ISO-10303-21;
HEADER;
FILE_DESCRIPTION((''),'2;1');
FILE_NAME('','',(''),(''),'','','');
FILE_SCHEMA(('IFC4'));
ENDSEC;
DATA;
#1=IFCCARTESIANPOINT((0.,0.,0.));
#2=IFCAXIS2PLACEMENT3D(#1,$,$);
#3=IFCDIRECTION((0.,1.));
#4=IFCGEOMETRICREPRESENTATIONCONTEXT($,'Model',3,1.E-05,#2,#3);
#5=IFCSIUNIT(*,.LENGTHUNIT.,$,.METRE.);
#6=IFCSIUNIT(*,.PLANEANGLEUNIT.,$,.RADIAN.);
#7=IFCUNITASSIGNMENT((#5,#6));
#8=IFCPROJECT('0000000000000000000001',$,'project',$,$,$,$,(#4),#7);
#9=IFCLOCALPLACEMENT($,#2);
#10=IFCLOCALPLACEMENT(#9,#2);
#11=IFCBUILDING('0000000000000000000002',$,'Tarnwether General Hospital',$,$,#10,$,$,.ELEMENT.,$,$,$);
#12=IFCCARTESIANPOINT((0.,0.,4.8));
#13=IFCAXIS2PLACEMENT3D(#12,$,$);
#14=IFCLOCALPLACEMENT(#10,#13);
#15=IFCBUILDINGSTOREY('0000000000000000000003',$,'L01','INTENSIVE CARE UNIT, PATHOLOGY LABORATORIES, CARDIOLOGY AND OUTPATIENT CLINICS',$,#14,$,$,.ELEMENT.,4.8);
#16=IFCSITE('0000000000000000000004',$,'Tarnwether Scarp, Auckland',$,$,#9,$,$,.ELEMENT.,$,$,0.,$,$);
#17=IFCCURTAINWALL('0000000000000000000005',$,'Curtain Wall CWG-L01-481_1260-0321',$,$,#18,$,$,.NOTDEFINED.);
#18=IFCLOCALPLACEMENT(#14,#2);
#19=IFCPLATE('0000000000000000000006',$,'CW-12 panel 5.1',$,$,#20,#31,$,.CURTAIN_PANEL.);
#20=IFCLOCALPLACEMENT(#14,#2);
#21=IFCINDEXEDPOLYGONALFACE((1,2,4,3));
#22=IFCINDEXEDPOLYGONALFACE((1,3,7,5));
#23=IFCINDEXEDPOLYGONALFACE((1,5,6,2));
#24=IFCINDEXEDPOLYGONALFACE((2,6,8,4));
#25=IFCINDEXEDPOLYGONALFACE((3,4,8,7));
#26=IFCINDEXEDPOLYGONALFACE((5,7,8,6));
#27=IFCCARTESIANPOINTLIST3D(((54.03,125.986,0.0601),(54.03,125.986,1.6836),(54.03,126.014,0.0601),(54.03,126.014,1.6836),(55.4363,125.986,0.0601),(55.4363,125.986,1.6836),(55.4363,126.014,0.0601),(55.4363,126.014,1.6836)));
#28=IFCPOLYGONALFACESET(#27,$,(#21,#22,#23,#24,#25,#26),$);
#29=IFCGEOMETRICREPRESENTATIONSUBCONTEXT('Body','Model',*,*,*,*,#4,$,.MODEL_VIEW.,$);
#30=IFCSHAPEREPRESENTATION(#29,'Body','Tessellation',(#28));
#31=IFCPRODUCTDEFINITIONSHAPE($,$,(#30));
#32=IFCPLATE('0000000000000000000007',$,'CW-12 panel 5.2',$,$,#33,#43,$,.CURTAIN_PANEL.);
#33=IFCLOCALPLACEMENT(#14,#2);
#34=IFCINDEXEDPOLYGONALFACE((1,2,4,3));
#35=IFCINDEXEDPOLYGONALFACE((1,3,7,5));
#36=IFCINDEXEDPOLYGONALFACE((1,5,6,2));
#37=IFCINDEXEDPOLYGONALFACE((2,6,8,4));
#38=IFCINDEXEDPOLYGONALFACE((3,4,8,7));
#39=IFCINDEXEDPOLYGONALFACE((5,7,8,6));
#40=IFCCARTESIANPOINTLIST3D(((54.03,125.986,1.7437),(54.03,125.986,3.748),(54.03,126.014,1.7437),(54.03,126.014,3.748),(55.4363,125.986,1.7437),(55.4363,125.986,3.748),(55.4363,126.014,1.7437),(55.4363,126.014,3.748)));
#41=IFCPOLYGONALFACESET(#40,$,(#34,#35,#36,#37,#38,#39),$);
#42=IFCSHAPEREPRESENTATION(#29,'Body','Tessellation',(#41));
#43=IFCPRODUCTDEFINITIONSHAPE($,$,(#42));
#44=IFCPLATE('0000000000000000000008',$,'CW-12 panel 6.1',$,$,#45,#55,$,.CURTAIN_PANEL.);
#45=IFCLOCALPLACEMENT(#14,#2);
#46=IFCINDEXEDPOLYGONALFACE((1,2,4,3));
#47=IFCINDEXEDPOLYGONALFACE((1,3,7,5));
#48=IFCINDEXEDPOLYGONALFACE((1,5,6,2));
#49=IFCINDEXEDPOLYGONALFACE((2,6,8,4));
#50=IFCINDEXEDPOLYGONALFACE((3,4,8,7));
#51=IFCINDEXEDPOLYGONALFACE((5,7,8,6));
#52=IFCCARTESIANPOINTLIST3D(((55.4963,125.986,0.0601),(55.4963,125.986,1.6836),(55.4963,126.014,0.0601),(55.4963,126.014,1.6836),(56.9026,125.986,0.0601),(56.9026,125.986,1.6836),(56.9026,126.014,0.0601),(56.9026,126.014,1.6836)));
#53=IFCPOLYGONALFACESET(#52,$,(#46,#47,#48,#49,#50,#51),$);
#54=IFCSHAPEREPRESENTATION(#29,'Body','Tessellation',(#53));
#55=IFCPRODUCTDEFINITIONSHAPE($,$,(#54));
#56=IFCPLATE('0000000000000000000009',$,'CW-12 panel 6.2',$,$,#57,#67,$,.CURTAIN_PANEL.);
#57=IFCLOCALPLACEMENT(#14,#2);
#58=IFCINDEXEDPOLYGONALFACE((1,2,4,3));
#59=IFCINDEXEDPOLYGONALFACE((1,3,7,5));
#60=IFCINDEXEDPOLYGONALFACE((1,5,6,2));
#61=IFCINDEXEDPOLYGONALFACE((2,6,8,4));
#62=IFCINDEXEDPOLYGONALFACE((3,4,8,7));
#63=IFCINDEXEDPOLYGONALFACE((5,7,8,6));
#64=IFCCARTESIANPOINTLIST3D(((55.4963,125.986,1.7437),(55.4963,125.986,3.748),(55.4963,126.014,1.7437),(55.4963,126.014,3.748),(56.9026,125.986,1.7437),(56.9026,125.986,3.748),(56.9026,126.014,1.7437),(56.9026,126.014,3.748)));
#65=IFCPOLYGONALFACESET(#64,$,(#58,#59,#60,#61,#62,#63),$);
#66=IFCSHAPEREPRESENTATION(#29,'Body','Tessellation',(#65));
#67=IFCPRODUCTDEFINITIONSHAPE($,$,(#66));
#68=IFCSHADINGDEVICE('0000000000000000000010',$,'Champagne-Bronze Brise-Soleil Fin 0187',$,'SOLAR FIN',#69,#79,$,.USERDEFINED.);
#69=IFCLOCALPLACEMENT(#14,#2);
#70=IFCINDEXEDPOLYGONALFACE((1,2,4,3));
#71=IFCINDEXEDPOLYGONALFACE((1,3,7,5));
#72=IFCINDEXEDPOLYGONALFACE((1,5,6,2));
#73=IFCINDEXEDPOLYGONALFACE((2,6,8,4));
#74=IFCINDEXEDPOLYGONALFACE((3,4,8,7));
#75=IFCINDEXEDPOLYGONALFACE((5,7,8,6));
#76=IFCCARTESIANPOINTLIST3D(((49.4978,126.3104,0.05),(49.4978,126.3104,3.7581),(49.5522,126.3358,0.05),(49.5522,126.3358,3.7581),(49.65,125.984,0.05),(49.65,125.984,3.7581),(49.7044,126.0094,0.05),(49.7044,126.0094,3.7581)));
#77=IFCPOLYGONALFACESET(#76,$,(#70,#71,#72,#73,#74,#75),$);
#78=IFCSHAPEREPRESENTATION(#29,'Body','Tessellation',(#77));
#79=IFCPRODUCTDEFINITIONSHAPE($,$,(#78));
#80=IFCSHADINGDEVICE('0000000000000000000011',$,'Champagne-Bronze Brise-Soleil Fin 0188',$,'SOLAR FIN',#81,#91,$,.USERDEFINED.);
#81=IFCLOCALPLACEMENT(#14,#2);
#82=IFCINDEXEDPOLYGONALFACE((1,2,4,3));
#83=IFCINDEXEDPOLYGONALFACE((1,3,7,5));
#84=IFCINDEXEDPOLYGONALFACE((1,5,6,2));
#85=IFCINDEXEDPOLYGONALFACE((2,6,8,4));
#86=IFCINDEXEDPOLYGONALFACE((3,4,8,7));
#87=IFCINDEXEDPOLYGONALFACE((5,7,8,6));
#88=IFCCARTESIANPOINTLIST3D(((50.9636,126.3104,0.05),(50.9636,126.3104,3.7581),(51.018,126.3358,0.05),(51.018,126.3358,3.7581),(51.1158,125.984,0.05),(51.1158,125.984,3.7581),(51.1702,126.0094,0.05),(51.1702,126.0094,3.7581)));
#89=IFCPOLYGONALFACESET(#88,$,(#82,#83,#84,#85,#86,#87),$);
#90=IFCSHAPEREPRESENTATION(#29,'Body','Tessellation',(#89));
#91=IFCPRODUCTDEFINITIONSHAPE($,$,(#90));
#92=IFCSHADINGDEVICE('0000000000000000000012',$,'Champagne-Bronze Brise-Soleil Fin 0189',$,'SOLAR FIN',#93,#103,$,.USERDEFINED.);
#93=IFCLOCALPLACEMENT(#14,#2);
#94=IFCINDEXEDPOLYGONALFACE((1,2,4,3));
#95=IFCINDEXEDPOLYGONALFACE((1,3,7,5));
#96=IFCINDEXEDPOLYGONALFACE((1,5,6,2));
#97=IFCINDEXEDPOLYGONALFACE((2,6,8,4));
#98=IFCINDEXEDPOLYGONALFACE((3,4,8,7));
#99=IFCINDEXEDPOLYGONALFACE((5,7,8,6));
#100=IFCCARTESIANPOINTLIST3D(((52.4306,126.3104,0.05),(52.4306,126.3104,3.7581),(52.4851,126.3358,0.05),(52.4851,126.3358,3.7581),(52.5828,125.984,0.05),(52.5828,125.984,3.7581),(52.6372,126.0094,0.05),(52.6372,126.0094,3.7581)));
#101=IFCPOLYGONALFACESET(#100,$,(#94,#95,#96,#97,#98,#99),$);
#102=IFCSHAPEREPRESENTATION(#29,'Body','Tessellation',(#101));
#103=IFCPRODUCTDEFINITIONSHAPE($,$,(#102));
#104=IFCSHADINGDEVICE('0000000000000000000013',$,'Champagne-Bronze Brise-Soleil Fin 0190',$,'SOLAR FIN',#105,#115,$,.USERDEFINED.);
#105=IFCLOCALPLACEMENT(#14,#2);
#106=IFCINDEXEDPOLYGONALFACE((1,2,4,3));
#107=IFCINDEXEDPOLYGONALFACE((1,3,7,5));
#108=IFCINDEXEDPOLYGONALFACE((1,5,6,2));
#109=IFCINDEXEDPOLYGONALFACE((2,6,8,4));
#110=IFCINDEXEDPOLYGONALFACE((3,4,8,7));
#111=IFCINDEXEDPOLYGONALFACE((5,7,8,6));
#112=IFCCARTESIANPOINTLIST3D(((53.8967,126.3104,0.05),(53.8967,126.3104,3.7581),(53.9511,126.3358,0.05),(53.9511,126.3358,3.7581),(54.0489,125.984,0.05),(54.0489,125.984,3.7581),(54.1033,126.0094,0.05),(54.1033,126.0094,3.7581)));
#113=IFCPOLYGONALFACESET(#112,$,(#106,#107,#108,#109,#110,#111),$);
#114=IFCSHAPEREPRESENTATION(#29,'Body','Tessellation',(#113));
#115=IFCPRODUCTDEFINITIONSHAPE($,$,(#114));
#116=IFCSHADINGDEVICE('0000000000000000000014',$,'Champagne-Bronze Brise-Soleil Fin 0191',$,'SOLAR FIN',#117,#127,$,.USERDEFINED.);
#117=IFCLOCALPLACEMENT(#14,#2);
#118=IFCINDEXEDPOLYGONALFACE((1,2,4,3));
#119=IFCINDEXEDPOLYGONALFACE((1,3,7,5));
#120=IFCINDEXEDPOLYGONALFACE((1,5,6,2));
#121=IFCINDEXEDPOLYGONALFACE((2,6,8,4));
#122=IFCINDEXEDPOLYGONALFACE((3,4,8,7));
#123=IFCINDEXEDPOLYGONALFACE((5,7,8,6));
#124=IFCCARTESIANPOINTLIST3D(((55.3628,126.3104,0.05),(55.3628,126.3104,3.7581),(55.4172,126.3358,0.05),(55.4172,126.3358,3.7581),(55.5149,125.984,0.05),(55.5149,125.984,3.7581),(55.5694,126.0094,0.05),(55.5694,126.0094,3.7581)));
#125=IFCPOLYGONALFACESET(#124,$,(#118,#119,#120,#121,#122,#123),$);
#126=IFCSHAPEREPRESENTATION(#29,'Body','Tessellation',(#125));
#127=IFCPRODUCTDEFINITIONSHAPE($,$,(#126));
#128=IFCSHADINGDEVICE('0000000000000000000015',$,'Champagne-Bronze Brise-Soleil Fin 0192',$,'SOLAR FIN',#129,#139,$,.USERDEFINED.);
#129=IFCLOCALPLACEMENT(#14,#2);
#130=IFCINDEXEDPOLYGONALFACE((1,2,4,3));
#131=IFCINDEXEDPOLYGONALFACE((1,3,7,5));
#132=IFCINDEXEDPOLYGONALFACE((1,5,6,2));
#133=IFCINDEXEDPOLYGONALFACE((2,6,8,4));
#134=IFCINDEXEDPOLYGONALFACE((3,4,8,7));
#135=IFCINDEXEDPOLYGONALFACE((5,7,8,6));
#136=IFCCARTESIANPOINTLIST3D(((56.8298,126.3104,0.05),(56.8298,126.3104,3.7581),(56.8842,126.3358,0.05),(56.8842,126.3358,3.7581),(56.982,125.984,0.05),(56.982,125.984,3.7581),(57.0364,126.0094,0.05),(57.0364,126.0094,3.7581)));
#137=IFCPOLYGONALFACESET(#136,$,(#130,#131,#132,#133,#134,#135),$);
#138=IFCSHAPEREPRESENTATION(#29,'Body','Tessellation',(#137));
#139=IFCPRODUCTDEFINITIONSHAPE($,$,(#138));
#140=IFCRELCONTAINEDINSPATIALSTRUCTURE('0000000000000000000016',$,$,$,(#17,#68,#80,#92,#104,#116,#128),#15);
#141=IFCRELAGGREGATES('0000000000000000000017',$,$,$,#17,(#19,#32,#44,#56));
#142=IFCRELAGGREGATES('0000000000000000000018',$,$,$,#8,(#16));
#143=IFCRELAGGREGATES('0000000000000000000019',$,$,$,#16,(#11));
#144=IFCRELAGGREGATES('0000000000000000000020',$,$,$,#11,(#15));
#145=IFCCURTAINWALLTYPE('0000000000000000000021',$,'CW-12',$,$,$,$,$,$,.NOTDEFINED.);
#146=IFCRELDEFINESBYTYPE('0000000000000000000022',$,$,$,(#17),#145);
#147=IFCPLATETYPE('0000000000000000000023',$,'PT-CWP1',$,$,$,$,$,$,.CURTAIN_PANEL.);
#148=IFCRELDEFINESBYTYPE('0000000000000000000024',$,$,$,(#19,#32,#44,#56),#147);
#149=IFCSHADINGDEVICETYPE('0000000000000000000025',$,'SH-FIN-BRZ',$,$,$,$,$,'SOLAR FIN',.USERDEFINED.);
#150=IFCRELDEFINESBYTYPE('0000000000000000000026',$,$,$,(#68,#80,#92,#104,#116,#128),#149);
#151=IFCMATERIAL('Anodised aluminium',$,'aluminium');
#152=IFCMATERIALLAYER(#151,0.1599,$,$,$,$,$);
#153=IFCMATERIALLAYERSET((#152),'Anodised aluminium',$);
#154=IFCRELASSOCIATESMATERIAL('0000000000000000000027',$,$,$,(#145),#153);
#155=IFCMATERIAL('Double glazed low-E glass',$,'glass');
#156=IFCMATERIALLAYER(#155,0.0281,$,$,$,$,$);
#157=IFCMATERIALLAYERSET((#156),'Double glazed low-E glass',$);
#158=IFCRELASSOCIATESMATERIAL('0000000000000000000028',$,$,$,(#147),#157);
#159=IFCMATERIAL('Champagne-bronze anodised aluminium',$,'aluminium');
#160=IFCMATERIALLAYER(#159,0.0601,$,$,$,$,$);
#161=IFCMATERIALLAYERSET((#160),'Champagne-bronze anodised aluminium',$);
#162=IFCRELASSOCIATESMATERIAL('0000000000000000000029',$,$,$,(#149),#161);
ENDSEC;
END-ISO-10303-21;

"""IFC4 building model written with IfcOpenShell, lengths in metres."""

from ifc_helpers import new_model, si_unit, direction, frame, origin, origin_2d, place, context, subcontext, project, spatial, rectangle, extrude, material, layer, layer_set, type_object, element, aggregate, save


model = new_model("IFC4")

# Units and contexts
model_context = context("Model", 3, precision=1e-05, world=origin(), true_north=direction((0.0, 1.0)))
body_context = subcontext(model_context, "Body", "Model", "MODEL_VIEW")
ifc_project = project(units=[si_unit("LENGTHUNIT", "METRE"), si_unit("PLANEANGLEUNIT", "RADIAN")], contexts=[model_context])

# Site, building, storey
site_placement = place(None, origin())
site = spatial("IfcSite", under=ifc_project, at=site_placement, Name="Tarnwether Scarp, Auckland", CompositionType="ELEMENT", RefElevation=0.0)
building_placement = place(site_placement, origin())
building = spatial("IfcBuilding", under=site, at=building_placement, Name="Tarnwether General Hospital", CompositionType="ELEMENT")
storey_placement = place(building_placement, frame((0.0, 0.0, 4.8)))
storey = spatial("IfcBuildingStorey", under=building, at=storey_placement, Name="L01", Description="INTENSIVE CARE UNIT, PATHOLOGY LABORATORIES, CARDIOLOGY AND OUTPATIENT CLINICS", CompositionType="ELEMENT", Elevation=4.8)

# Curtain wall, plates
ifc_material_1 = material(Name="Anodised aluminium", Category="aluminium")
ifc_layer_1 = layer(ifc_material_1, 0.1599)
ifc_layer_set_1 = layer_set([ifc_layer_1], Name="Anodised aluminium")
curtain_wall_type = type_object("IfcCurtainWallType", Name="CW-12", PredefinedType="NOTDEFINED", material=ifc_layer_set_1)
curtain_wall_placement = place(storey_placement, origin())
curtain_wall = element("IfcCurtainWall", 1, at=curtain_wall_placement, inside=storey, type_object=curtain_wall_type, Name="Curtain Wall CWG-L01-481_1260-0321", PredefinedType="NOTDEFINED")
ifc_material_2 = material(Name="Double glazed low-E glass", Category="glass")
ifc_layer_2 = layer(ifc_material_2, 0.0281)
ifc_layer_set_2 = layer_set([ifc_layer_2], Name="Double glazed low-E glass")
plate_type = type_object("IfcPlateType", Name="PT-CWP1", PredefinedType="CURTAIN_PANEL", material=ifc_layer_set_2)
plate_1_placement = place(storey_placement, frame((54.7332, 126.0, 0.0601), z_axis=(0.0, 0.0, 1.0), x_axis=(1.0, 0.0, 0.0)))
plate_1 = element("IfcPlate", 2, at=plate_1_placement, type_object=plate_type, Name="CW-12 panel 5.1", PredefinedType="CURTAIN_PANEL", context=body_context, shape_type="SweptSolid", body=[
    extrude(rectangle(XDim=1.4062, YDim=0.0281, at=origin_2d()), origin(), (0.0, 0.0, 1.0), 1.6235),
])
plate_2_placement = place(storey_placement, frame((54.7332, 126.0, 1.7437), z_axis=(0.0, 0.0, 1.0), x_axis=(1.0, 0.0, 0.0)))
plate_2 = element("IfcPlate", 3, at=plate_2_placement, type_object=plate_type, Name="CW-12 panel 5.2", PredefinedType="CURTAIN_PANEL", context=body_context, shape_type="SweptSolid", body=[
    extrude(rectangle(XDim=1.4062, YDim=0.0281, at=origin_2d()), origin(), (0.0, 0.0, 1.0), 2.0044),
])
plate_3_placement = place(storey_placement, frame((56.1995, 126.0, 0.0601), z_axis=(0.0, 0.0, 1.0), x_axis=(1.0, 0.0, 0.0)))
plate_3 = element("IfcPlate", 4, at=plate_3_placement, type_object=plate_type, Name="CW-12 panel 6.1", PredefinedType="CURTAIN_PANEL", context=body_context, shape_type="SweptSolid", body=[
    extrude(rectangle(XDim=1.4062, YDim=0.0281, at=origin_2d()), origin(), (0.0, 0.0, 1.0), 1.6235),
])
plate_4_placement = place(storey_placement, frame((56.1995, 126.0, 1.7437), z_axis=(0.0, 0.0, 1.0), x_axis=(1.0, 0.0, 0.0)))
plate_4 = element("IfcPlate", 5, at=plate_4_placement, type_object=plate_type, Name="CW-12 panel 6.2", PredefinedType="CURTAIN_PANEL", context=body_context, shape_type="SweptSolid", body=[
    extrude(rectangle(XDim=1.4062, YDim=0.0281, at=origin_2d()), origin(), (0.0, 0.0, 1.0), 2.0044),
])
aggregate(curtain_wall, [plate_1, plate_2, plate_3, plate_4])

# Shading devices
ifc_material_3 = material(Name="Champagne-bronze anodised aluminium", Category="aluminium")
ifc_layer_3 = layer(ifc_material_3, 0.0601)
ifc_layer_set_3 = layer_set([ifc_layer_3], Name="Champagne-bronze anodised aluminium")
shading_device_type = type_object("IfcShadingDeviceType", Name="SH-FIN-BRZ", ElementType="SOLAR FIN", PredefinedType="USERDEFINED", material=ifc_layer_set_3)
for number, where, z_axis, x_axis, name in (
    (6, (49.6011, 126.1599, 0.05), (0.0, 0.0, 1.0), (0.906308, 0.422618, 0.0), "Champagne-Bronze Brise-Soleil Fin 0187"),
    (7, (51.0669, 126.1599, 0.05), (0.0, 0.0, 1.0), (0.906308, 0.422618, 0.0), "Champagne-Bronze Brise-Soleil Fin 0188"),
    (8, (52.5339, 126.1599, 0.05), (0.0, 0.0, 1.0), (0.906308, 0.422618, 0.0), "Champagne-Bronze Brise-Soleil Fin 0189"),
    (9, (54.0, 126.1599, 0.05), (0.0, 0.0, 1.0), (0.906308, 0.422618, 0.0), "Champagne-Bronze Brise-Soleil Fin 0190"),
    (10, (55.4661, 126.1599, 0.05), (0.0, 0.0, 1.0), (0.906308, 0.422618, 0.0), "Champagne-Bronze Brise-Soleil Fin 0191"),
    (11, (56.9331, 126.1599, 0.05), (0.0, 0.0, 1.0), (0.906308, 0.422618, 0.0), "Champagne-Bronze Brise-Soleil Fin 0192"),
):
    element("IfcShadingDevice", number, at=place(storey_placement, frame(where, z_axis=z_axis, x_axis=x_axis)), inside=storey, type_object=shading_device_type, Name=name, ObjectType="SOLAR FIN", PredefinedType="USERDEFINED", context=body_context, shape_type="SweptSolid", body=[
        extrude(rectangle(XDim=0.0601, YDim=0.3601, at=origin_2d()), origin(), (0.0, 0.0, 1.0), 3.708),
    ])

save(model, "model.ifc")
